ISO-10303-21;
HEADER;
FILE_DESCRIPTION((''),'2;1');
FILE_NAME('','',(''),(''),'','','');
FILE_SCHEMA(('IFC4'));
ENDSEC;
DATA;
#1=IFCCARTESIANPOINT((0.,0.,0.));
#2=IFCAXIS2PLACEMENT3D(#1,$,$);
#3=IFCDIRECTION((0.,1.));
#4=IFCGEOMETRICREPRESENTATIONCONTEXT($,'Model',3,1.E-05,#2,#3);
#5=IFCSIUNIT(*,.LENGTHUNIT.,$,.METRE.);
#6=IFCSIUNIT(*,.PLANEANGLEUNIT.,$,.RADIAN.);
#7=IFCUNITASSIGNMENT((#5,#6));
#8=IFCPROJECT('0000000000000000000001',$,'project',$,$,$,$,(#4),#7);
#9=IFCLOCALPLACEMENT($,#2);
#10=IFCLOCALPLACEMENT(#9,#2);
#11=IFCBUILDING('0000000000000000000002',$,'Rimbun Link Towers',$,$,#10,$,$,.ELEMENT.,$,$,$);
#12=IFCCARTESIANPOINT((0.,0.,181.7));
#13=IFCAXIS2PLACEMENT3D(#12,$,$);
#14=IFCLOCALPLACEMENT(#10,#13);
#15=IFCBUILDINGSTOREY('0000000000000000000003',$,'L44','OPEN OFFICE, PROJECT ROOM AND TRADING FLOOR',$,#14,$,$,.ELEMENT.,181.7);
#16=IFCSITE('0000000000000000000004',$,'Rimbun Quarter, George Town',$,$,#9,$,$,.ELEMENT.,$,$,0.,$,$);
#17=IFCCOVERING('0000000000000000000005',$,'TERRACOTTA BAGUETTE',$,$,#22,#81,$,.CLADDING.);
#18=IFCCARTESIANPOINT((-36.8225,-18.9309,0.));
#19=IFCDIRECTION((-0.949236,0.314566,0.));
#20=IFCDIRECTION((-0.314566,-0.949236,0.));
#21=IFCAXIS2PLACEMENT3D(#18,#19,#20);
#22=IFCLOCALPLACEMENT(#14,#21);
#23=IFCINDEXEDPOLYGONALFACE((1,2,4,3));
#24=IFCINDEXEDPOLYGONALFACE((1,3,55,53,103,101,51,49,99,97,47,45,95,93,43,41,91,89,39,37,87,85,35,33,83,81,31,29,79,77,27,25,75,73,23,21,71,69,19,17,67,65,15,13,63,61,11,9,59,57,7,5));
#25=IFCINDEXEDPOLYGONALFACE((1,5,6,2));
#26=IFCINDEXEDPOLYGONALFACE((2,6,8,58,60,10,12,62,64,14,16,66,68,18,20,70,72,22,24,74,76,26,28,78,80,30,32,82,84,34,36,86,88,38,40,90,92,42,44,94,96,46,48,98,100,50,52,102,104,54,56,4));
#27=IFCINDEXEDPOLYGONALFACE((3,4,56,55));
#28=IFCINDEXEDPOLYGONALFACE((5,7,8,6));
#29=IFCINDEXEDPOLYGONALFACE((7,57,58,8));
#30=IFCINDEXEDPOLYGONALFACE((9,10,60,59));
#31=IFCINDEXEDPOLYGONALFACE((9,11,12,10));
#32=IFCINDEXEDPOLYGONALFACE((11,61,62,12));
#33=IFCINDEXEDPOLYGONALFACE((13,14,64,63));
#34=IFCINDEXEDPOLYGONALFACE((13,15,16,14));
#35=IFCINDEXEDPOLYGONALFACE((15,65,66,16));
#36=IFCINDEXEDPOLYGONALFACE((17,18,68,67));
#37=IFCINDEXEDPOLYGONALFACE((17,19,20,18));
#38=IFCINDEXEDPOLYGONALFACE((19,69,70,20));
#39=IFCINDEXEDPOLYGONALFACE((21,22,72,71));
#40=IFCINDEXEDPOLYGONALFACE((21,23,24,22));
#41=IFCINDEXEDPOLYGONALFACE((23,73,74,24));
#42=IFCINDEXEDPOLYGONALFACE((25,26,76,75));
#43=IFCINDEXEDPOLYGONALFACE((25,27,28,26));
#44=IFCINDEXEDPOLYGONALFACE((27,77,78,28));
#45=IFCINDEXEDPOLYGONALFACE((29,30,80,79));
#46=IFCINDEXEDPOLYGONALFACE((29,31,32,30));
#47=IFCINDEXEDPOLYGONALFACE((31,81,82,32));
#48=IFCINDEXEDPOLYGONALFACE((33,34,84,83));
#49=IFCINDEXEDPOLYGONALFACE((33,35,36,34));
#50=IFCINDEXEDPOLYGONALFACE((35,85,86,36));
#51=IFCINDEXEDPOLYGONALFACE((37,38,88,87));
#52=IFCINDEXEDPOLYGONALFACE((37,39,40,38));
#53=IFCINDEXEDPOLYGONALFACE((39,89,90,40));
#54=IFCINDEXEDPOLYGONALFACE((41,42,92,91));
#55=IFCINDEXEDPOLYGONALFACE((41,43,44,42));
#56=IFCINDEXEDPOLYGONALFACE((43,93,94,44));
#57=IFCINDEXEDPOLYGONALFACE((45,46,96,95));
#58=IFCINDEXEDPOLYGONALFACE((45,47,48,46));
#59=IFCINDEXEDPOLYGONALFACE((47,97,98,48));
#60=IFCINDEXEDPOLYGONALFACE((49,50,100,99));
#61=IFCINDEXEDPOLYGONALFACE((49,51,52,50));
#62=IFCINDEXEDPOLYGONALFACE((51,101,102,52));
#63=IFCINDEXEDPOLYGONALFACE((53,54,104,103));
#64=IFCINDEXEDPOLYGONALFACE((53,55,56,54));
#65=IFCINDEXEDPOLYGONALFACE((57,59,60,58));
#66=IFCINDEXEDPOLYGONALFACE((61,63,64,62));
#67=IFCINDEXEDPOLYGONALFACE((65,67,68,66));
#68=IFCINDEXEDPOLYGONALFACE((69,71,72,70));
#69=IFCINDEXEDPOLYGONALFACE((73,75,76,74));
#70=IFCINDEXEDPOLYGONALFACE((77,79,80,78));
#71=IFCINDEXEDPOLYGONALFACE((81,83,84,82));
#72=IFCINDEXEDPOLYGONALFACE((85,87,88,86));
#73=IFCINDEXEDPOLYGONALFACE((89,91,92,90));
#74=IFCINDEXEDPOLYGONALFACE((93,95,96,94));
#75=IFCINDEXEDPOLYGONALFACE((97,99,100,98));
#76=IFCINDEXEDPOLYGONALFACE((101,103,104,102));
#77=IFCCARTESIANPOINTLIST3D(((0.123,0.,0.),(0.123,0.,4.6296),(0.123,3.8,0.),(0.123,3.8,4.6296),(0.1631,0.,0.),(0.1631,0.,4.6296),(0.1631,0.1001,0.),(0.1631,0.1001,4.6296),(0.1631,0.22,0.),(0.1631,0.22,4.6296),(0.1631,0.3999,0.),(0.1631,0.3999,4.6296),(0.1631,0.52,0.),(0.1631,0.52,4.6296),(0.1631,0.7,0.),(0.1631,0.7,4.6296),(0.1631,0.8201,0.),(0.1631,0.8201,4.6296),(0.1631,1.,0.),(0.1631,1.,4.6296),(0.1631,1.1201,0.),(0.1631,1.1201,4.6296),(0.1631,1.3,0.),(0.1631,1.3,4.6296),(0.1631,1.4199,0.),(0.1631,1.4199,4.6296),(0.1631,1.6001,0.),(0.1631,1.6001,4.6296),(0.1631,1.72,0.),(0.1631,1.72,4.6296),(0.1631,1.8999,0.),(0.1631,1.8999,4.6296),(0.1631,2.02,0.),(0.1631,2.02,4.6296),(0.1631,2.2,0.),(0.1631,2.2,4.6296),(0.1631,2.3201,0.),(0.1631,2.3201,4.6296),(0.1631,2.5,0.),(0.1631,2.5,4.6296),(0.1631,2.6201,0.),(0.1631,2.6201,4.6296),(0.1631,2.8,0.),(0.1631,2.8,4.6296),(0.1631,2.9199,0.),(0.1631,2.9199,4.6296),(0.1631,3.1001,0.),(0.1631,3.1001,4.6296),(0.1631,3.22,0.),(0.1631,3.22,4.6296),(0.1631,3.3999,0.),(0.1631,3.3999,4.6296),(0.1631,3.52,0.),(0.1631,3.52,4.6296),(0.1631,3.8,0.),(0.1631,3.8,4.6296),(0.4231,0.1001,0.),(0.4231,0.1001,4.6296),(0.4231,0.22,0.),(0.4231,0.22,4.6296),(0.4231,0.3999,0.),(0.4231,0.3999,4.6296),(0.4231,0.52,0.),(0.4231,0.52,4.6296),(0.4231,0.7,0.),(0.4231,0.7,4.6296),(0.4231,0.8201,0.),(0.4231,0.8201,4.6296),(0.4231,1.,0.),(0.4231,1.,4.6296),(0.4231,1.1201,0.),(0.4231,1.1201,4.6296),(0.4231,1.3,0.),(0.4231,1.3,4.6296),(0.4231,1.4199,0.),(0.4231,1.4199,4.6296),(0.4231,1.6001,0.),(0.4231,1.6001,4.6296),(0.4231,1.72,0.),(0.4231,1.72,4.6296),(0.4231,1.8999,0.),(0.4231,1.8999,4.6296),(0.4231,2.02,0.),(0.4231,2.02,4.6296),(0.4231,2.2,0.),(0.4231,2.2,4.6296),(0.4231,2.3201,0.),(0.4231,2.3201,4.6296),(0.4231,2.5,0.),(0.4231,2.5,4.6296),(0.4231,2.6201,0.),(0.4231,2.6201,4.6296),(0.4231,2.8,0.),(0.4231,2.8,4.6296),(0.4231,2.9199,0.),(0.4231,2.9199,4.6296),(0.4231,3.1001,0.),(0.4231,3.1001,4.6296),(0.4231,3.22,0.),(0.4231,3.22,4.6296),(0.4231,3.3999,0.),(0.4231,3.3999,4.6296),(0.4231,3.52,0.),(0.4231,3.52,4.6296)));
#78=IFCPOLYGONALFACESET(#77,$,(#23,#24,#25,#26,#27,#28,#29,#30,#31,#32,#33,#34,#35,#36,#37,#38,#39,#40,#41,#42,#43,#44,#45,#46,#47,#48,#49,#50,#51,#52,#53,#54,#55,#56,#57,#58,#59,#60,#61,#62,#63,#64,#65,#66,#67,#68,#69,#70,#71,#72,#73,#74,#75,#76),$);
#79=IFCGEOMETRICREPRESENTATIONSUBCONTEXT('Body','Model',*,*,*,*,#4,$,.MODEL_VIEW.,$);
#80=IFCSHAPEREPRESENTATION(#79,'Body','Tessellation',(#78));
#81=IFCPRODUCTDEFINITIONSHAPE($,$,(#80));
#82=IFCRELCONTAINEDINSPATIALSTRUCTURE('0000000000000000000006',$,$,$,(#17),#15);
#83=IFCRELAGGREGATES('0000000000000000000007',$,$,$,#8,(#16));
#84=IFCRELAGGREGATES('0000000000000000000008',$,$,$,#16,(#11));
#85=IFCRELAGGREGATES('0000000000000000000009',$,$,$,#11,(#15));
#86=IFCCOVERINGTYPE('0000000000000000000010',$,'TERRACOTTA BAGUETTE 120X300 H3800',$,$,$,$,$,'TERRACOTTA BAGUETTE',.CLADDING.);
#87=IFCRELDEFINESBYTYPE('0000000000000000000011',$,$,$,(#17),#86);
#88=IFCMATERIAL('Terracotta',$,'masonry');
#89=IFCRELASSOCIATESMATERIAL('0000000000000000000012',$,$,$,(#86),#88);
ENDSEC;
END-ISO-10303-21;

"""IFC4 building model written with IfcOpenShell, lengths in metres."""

from ifc_helpers import new_model, si_unit, direction, frame, origin, place, context, subcontext, project, spatial, polyline, outline, extrude, material, material_profile, profile_set, type_object, element, save


model = new_model("IFC4")

# Units and contexts
model_context = context("Model", 3, precision=1e-05, world=origin(), true_north=direction((0.0, 1.0)))
body_context = subcontext(model_context, "Body", "Model", "MODEL_VIEW")
ifc_project = project(units=[si_unit("LENGTHUNIT", "METRE"), si_unit("PLANEANGLEUNIT", "RADIAN")], contexts=[model_context])

# Site, building, storey
site_placement = place(None, origin())
site = spatial("IfcSite", under=ifc_project, at=site_placement, Name="Rimbun Quarter, George Town", CompositionType="ELEMENT", RefElevation=0.0)
building_placement = place(site_placement, origin())
building = spatial("IfcBuilding", under=site, at=building_placement, Name="Rimbun Link Towers", CompositionType="ELEMENT")
storey_placement = place(building_placement, frame((0.0, 0.0, 181.7)))
storey = spatial("IfcBuildingStorey", under=building, at=storey_placement, Name="L44", Description="OPEN OFFICE, PROJECT ROOM AND TRADING FLOOR", CompositionType="ELEMENT", Elevation=181.7)

# Covering
ifc_material_1 = material(Name="Terracotta", Category="masonry")
ifc_material_profile_1 = material_profile(ifc_material_1, outline(polyline([(0.123, 0.0), (0.1631, 0.0), (0.1631, 0.1001), (0.4231, 0.1001), (0.4231, 0.22), (0.1631, 0.22), (0.1631, 0.3999), (0.4231, 0.3999), (0.4231, 0.52), (0.1631, 0.52), (0.1631, 0.7), (0.4231, 0.7), (0.4231, 0.8201), (0.1631, 0.8201), (0.1631, 1.0), (0.4231, 1.0), (0.4231, 1.1201), (0.1631, 1.1201), (0.1631, 1.3), (0.4231, 1.3), (0.4231, 1.4199), (0.1631, 1.4199), (0.1631, 1.6001), (0.4231, 1.6001), (0.4231, 1.72), (0.1631, 1.72), (0.1631, 1.8999), (0.4231, 1.8999), (0.4231, 2.02), (0.1631, 2.02), (0.1631, 2.2), (0.4231, 2.2), (0.4231, 2.3201), (0.1631, 2.3201), (0.1631, 2.5), (0.4231, 2.5), (0.4231, 2.6201), (0.1631, 2.6201), (0.1631, 2.8), (0.4231, 2.8), (0.4231, 2.9199), (0.1631, 2.9199), (0.1631, 3.1001), (0.4231, 3.1001), (0.4231, 3.22), (0.1631, 3.22), (0.1631, 3.3999), (0.4231, 3.3999), (0.4231, 3.52), (0.1631, 3.52), (0.1631, 3.8), (0.123, 3.8), (0.123, 0.0)])), Name="BAGUETTE 120X300")
ifc_profile_set_1 = profile_set([ifc_material_profile_1], Name="Terracotta")
covering_type = type_object("IfcCoveringType", Name="TERRACOTTA BAGUETTE 120X300 H3800", ElementType="TERRACOTTA BAGUETTE", PredefinedType="CLADDING", material=ifc_profile_set_1)
covering_placement = place(storey_placement, frame((-36.8225, -18.9309, 0.0), z_axis=(-0.949236, 0.314566, 0.0), x_axis=(-0.314566, -0.949236, 0.0)))
element("IfcCovering", 1, at=covering_placement, inside=storey, type_object=covering_type, Name="TERRACOTTA BAGUETTE", PredefinedType="CLADDING", context=body_context, shape_type="SweptSolid", body=[
    extrude(outline(polyline([(0.123, 0.0), (0.1631, 0.0), (0.1631, 0.1001), (0.4231, 0.1001), (0.4231, 0.22), (0.1631, 0.22), (0.1631, 0.3999), (0.4231, 0.3999), (0.4231, 0.52), (0.1631, 0.52), (0.1631, 0.7), (0.4231, 0.7), (0.4231, 0.8201), (0.1631, 0.8201), (0.1631, 1.0), (0.4231, 1.0), (0.4231, 1.1201), (0.1631, 1.1201), (0.1631, 1.3), (0.4231, 1.3), (0.4231, 1.4199), (0.1631, 1.4199), (0.1631, 1.6001), (0.4231, 1.6001), (0.4231, 1.72), (0.1631, 1.72), (0.1631, 1.8999), (0.4231, 1.8999), (0.4231, 2.02), (0.1631, 2.02), (0.1631, 2.2), (0.4231, 2.2), (0.4231, 2.3201), (0.1631, 2.3201), (0.1631, 2.5), (0.4231, 2.5), (0.4231, 2.6201), (0.1631, 2.6201), (0.1631, 2.8), (0.4231, 2.8), (0.4231, 2.9199), (0.1631, 2.9199), (0.1631, 3.1001), (0.4231, 3.1001), (0.4231, 3.22), (0.1631, 3.22), (0.1631, 3.3999), (0.4231, 3.3999), (0.4231, 3.52), (0.1631, 3.52), (0.1631, 3.8), (0.123, 3.8), (0.123, 0.0)])), origin(), (0.0, 0.0, 1.0), 4.6296),
])

save(model, "model.ifc")
